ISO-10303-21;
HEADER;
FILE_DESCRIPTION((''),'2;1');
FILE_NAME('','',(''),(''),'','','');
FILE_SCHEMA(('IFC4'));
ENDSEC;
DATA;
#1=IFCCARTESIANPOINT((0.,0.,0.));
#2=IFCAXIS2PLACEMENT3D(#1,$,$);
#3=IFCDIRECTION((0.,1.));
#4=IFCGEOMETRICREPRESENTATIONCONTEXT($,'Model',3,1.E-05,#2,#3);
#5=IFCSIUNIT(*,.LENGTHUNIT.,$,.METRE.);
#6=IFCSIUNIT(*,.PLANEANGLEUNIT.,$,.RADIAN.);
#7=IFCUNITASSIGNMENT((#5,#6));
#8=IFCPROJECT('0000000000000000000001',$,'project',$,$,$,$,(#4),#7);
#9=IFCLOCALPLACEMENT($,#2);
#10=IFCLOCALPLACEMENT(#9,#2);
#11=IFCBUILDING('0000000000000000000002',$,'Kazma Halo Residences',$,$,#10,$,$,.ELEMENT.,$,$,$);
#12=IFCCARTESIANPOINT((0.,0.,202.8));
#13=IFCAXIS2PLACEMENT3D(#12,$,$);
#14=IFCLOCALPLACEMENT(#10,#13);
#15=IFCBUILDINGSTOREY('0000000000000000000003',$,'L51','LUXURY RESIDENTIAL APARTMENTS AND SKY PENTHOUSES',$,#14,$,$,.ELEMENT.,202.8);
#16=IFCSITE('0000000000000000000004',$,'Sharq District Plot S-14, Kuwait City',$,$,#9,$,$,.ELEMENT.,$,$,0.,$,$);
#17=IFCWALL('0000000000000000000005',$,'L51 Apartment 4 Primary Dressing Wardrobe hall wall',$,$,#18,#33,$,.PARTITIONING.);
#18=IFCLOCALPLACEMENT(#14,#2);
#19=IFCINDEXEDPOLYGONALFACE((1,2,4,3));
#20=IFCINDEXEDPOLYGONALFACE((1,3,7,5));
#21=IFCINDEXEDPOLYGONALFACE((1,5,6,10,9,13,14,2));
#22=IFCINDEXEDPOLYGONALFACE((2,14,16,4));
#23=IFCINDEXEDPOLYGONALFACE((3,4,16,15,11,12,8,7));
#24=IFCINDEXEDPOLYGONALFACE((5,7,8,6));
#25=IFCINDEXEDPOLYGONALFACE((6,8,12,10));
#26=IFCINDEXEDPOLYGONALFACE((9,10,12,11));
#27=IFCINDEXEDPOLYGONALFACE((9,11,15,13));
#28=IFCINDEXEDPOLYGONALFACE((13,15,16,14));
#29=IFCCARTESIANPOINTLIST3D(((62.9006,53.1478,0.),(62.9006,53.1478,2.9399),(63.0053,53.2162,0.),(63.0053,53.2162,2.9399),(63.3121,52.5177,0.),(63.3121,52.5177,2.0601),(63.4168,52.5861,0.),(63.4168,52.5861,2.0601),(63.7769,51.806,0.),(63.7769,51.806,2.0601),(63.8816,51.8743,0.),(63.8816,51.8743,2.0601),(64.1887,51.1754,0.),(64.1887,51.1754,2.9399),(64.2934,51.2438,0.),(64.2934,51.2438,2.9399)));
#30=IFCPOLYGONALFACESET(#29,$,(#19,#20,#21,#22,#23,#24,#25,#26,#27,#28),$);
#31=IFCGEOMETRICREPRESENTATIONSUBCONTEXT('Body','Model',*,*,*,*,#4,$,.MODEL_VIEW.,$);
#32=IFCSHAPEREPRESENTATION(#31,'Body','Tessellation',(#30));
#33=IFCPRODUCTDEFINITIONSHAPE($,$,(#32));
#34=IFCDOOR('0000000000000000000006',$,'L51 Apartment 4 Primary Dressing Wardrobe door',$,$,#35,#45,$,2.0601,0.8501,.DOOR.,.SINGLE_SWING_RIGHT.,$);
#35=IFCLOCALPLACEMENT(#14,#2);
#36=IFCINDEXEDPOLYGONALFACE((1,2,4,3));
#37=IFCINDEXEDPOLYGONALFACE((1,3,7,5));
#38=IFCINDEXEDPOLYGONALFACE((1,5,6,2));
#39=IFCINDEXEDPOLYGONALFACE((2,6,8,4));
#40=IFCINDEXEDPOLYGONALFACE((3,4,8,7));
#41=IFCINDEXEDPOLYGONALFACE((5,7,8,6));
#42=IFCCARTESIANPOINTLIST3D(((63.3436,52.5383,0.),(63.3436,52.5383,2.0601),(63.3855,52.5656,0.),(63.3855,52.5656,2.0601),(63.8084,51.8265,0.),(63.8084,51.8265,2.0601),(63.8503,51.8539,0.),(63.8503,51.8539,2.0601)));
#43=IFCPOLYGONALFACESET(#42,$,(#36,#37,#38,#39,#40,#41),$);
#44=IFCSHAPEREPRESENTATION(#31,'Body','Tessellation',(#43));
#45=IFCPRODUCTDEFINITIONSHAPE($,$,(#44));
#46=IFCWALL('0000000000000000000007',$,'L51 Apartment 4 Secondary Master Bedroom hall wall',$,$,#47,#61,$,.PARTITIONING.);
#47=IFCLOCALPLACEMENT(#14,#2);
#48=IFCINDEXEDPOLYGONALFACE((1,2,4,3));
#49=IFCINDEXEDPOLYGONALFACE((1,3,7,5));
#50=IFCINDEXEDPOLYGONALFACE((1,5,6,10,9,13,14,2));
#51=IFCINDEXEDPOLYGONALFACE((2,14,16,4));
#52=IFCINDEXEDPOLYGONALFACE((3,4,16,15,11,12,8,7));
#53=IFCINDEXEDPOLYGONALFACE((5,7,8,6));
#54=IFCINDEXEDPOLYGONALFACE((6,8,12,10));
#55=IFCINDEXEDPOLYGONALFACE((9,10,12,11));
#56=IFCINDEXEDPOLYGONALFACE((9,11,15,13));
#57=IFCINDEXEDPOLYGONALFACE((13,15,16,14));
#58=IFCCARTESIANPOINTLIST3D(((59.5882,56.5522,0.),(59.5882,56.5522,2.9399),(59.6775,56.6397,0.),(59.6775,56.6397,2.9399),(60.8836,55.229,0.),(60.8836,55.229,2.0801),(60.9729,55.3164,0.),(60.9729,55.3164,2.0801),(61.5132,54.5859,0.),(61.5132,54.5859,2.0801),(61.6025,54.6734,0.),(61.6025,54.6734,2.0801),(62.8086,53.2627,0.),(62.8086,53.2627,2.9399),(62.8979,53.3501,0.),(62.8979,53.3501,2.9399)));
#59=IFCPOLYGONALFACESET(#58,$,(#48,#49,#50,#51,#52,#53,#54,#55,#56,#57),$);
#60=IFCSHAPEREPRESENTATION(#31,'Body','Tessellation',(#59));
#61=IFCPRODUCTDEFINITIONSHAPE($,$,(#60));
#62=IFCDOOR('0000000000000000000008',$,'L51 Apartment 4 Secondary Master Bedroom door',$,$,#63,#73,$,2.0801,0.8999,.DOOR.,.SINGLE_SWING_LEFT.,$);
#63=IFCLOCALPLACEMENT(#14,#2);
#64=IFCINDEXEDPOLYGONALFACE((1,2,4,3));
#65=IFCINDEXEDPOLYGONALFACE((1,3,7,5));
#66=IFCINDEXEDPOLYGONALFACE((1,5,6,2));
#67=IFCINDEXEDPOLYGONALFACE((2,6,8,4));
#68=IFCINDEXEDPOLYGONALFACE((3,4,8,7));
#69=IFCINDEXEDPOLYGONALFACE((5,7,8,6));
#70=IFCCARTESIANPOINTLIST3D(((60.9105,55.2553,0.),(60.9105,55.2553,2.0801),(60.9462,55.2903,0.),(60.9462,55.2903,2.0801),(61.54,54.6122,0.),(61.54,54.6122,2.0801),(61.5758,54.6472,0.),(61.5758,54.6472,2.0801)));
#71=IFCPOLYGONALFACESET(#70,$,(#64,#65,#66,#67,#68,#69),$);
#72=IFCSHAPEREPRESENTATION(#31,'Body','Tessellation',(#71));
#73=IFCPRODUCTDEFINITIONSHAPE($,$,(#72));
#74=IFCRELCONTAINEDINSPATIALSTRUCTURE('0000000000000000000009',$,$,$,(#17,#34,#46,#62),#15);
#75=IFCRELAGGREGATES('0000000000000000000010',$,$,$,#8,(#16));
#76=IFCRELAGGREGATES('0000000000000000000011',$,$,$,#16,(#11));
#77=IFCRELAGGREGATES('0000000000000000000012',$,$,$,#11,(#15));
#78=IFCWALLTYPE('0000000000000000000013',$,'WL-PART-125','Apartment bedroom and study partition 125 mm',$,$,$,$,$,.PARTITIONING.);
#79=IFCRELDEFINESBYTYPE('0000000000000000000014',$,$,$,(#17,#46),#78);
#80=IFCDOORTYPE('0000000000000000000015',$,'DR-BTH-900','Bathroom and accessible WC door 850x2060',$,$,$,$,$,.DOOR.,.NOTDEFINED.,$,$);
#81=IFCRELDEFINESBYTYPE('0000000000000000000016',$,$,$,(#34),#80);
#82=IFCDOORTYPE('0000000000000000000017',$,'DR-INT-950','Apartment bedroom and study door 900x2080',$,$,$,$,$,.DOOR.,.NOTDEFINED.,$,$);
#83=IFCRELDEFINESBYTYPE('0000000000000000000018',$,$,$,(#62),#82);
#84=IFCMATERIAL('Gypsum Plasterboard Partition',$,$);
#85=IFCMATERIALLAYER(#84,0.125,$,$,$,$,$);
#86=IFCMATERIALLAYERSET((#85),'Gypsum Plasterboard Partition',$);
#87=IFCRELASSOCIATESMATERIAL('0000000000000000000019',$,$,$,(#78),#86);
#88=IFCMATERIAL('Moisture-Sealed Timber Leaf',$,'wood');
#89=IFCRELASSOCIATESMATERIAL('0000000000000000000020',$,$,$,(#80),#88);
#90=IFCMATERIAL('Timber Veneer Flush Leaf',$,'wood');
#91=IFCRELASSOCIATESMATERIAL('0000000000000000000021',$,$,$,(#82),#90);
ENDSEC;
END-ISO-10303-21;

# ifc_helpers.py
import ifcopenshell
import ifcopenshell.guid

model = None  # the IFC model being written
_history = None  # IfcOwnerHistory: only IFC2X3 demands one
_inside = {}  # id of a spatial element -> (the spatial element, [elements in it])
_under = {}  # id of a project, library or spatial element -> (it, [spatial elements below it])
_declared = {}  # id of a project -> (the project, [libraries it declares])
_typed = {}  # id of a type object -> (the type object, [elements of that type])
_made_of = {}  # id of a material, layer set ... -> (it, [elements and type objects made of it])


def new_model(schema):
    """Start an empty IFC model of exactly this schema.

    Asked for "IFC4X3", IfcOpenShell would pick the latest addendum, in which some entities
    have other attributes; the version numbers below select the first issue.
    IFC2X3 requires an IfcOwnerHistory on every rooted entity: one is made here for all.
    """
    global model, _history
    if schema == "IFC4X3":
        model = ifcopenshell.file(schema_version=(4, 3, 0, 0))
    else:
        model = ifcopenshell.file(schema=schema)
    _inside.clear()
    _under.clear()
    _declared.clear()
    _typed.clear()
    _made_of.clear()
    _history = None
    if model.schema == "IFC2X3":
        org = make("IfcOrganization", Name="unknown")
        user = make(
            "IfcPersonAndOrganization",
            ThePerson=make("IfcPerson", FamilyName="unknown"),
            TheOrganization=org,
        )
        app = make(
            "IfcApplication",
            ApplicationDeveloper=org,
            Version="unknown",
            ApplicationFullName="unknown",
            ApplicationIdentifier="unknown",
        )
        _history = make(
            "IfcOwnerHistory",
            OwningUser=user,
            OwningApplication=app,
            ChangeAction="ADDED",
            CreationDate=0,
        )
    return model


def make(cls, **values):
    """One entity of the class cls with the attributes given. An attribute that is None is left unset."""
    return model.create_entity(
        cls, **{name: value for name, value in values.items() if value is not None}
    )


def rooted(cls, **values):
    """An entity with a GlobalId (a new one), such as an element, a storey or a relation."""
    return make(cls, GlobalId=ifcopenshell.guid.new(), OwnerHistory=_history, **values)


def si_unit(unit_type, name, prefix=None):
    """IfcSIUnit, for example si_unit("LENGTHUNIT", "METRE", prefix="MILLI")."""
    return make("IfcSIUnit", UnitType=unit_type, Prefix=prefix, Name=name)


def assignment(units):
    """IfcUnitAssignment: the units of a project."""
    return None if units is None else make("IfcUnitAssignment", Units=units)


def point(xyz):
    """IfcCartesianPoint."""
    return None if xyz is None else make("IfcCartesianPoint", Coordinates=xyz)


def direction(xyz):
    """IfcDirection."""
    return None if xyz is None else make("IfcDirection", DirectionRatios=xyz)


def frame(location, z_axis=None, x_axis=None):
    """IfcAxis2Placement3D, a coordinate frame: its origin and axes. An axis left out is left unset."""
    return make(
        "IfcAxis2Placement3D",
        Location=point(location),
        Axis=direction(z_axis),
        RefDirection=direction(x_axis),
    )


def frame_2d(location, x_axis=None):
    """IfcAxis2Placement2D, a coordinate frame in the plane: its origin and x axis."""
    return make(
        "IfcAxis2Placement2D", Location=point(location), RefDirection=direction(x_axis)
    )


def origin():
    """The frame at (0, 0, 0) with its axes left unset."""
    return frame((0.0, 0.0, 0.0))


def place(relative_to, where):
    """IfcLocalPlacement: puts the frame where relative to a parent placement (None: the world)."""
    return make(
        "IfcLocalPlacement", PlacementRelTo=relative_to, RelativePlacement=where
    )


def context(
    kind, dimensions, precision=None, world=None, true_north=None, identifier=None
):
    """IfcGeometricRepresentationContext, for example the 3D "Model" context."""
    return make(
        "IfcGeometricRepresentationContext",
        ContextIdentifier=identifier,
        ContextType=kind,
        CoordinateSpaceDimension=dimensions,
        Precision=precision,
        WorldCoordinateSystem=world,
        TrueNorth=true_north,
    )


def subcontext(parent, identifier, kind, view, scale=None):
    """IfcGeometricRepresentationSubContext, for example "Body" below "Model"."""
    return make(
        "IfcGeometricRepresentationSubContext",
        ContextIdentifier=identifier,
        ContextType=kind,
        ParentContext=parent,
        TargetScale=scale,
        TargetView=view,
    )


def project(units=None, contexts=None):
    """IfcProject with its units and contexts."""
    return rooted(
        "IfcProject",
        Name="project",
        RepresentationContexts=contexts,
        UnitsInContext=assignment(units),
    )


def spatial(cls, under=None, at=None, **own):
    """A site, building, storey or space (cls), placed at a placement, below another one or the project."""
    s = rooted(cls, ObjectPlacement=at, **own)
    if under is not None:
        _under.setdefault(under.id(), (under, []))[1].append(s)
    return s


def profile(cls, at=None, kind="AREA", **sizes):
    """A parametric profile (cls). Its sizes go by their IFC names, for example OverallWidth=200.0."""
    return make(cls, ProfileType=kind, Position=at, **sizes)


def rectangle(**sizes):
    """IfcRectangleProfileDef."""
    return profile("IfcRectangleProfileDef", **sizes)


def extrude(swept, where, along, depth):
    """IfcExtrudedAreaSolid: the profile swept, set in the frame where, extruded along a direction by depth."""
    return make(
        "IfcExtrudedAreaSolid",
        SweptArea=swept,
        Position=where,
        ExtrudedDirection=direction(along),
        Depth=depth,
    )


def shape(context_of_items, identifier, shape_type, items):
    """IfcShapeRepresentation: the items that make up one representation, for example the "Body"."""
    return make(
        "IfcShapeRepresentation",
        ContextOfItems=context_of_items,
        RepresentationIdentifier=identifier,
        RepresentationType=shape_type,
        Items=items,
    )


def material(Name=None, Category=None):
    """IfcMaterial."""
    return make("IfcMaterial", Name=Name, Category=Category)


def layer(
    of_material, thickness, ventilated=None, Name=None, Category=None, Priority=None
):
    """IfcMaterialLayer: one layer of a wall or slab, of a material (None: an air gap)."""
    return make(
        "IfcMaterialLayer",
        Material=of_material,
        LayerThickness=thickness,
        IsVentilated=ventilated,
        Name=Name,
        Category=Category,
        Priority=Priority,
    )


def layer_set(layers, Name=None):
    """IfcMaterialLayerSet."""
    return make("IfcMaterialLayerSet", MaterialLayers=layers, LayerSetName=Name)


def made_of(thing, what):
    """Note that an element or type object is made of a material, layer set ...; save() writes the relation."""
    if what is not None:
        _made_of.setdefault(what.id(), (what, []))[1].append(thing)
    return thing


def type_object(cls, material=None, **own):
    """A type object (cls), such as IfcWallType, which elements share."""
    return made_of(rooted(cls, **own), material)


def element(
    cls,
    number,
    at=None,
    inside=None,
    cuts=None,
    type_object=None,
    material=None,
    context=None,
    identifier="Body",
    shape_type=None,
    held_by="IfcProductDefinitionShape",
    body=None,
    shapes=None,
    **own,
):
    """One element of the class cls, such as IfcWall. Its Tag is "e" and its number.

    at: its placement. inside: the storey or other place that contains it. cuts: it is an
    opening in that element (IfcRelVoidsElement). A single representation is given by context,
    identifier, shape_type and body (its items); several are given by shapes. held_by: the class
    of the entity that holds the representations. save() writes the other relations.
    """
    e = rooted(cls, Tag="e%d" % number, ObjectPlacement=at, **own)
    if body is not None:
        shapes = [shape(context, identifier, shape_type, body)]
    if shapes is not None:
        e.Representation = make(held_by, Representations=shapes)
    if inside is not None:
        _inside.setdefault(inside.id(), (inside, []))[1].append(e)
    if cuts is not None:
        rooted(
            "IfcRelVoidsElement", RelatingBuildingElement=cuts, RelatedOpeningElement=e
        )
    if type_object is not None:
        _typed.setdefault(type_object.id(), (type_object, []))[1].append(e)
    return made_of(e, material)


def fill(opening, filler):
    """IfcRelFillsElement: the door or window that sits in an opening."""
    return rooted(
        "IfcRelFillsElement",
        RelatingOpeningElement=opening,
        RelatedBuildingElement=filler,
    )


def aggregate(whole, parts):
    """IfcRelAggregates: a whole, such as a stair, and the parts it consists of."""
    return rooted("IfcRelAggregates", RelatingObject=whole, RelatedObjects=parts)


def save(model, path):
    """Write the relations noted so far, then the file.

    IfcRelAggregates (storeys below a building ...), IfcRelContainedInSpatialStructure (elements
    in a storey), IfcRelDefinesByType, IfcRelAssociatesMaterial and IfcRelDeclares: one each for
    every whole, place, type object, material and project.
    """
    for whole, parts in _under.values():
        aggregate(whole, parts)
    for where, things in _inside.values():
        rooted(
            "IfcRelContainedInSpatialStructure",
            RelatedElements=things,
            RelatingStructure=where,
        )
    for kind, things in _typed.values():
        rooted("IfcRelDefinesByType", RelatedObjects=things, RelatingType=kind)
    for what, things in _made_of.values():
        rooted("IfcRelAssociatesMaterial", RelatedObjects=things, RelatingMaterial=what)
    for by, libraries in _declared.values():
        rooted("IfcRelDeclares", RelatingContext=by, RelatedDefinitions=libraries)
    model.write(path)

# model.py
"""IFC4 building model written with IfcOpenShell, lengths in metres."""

from ifc_helpers import new_model, si_unit, direction, frame, frame_2d, origin, place, context, subcontext, project, spatial, rectangle, extrude, material, layer, layer_set, type_object, element, fill, save


model = new_model("IFC4")

# Units and contexts
model_context = context("Model", 3, precision=1e-05, world=origin(), true_north=direction((0.0, 1.0)))
body_context = subcontext(model_context, "Body", "Model", "MODEL_VIEW")
ifc_project = project(units=[si_unit("LENGTHUNIT", "METRE"), si_unit("PLANEANGLEUNIT", "RADIAN")], contexts=[model_context])

# Site, building, storey
site_placement = place(None, origin())
site = spatial("IfcSite", under=ifc_project, at=site_placement, Name="Sharq District Plot S-14, Kuwait City", CompositionType="ELEMENT", RefElevation=0.0)
building_placement = place(site_placement, origin())
building = spatial("IfcBuilding", under=site, at=building_placement, Name="Kazma Halo Residences", CompositionType="ELEMENT")
storey_placement = place(building_placement, frame((0.0, 0.0, 202.8)))
storey = spatial("IfcBuildingStorey", under=building, at=storey_placement, Name="L51", Description="LUXURY RESIDENTIAL APARTMENTS AND SKY PENTHOUSES", CompositionType="ELEMENT", Elevation=202.8)

# Shared definitions
ifc_material_1 = material(Name="Gypsum Plasterboard Partition")
ifc_layer_1 = layer(ifc_material_1, 0.125)
ifc_layer_set_1 = layer_set([ifc_layer_1], Name="Gypsum Plasterboard Partition")
wall_type_1 = type_object("IfcWallType", Name="WL-PART-125", Description="Apartment bedroom and study partition 125 mm", PredefinedType="PARTITIONING", material=ifc_layer_set_1)

# Shared definitions
ifc_material_2 = material(Name="Moisture-Sealed Timber Leaf", Category="wood")
door_type_1 = type_object("IfcDoorType", Name="DR-BTH-900", Description="Bathroom and accessible WC door 850x2060", OperationType="NOTDEFINED", PredefinedType="DOOR", material=ifc_material_2)
ifc_material_3 = material(Name="Timber Veneer Flush Leaf", Category="wood")
door_type_2 = type_object("IfcDoorType", Name="DR-INT-950", Description="Apartment bedroom and study door 900x2080", OperationType="NOTDEFINED", PredefinedType="DOOR", material=ifc_material_3)

# Walls, openings, doors
wall_1_placement = place(storey_placement, frame((64.241, 51.2097, 0.0), z_axis=(0.0, 0.0, 1.0), x_axis=(-0.546783, 0.837274, 0.0)))
wall_1 = element("IfcWall", 1, at=wall_1_placement, inside=storey, type_object=wall_type_1, Name="L51 Apartment 4 Primary Dressing Wardrobe hall wall", PredefinedType="PARTITIONING", context=body_context, shape_type="SweptSolid", body=[
    extrude(rectangle(XDim=2.3557, YDim=0.125, at=frame_2d((1.1777, 0.0))), origin(), (0.0, 0.0, 1.0), 2.9399),
])
opening_1_placement = place(wall_1_placement, frame((0.7529, 0.0, 0.0)))
opening_1 = element("IfcOpeningElement", 2, at=opening_1_placement, cuts=wall_1, PredefinedType="OPENING", context=body_context, shape_type="SweptSolid", body=[
    extrude(rectangle(XDim=0.8501, YDim=2.0601, at=frame_2d((0.425, 1.03))), frame((0.0, 0.0725, 0.0), z_axis=(0.0, -1.0, 0.0), x_axis=(1.0, 0.0, 0.0)), (0.0, 0.0, 1.0), 0.145),
])
door_1_placement = place(opening_1_placement, origin())
door_1 = element("IfcDoor", 3, at=door_1_placement, inside=storey, type_object=door_type_1, Name="L51 Apartment 4 Primary Dressing Wardrobe door", OperationType="SINGLE_SWING_RIGHT", OverallHeight=2.0601, OverallWidth=0.8501, PredefinedType="DOOR", context=body_context, shape_type="SweptSolid", body=[
    extrude(rectangle(XDim=0.8501, YDim=2.0601, at=frame_2d((0.425, 1.03))), frame((0.0, 0.0249, 0.0), z_axis=(0.0, -1.0, 0.0), x_axis=(1.0, 0.0, 0.0)), (0.0, 0.0, 1.0), 0.05),
])
fill(opening_1, door_1)
wall_2_placement = place(storey_placement, frame((62.8533, 53.3064, 0.0), z_axis=(0.0, 0.0, 1.0), x_axis=(-0.699563, 0.714571, 0.0)))
wall_2 = element("IfcWall", 4, at=wall_2_placement, inside=storey, type_object=wall_type_1, Name="L51 Apartment 4 Secondary Master Bedroom hall wall", PredefinedType="PARTITIONING", context=body_context, shape_type="SweptSolid", body=[
    extrude(rectangle(XDim=4.6035, YDim=0.125, at=frame_2d((2.3018, 0.0))), origin(), (0.0, 0.0, 1.0), 2.9399),
])
opening_2_placement = place(wall_2_placement, frame((1.8518, 0.0, 0.0)))
opening_2 = element("IfcOpeningElement", 5, at=opening_2_placement, cuts=wall_2, PredefinedType="OPENING", context=body_context, shape_type="SweptSolid", body=[
    extrude(rectangle(XDim=0.8999, YDim=2.0801, at=frame_2d((0.45, 1.04))), frame((0.0, 0.0725, 0.0), z_axis=(0.0, -1.0, 0.0), x_axis=(1.0, 0.0, 0.0)), (0.0, 0.0, 1.0), 0.145),
])
door_2_placement = place(opening_2_placement, origin())
door_2 = element("IfcDoor", 6, at=door_2_placement, inside=storey, type_object=door_type_2, Name="L51 Apartment 4 Secondary Master Bedroom door", OperationType="SINGLE_SWING_LEFT", OverallHeight=2.0801, OverallWidth=0.8999, PredefinedType="DOOR", context=body_context, shape_type="SweptSolid", body=[
    extrude(rectangle(XDim=0.8999, YDim=2.0801, at=frame_2d((0.45, 1.04))), frame((0.0, 0.0249, 0.0), z_axis=(0.0, -1.0, 0.0), x_axis=(1.0, 0.0, 0.0)), (0.0, 0.0, 1.0), 0.05),
])
fill(opening_2, door_2)

save(model, "model.ifc")
